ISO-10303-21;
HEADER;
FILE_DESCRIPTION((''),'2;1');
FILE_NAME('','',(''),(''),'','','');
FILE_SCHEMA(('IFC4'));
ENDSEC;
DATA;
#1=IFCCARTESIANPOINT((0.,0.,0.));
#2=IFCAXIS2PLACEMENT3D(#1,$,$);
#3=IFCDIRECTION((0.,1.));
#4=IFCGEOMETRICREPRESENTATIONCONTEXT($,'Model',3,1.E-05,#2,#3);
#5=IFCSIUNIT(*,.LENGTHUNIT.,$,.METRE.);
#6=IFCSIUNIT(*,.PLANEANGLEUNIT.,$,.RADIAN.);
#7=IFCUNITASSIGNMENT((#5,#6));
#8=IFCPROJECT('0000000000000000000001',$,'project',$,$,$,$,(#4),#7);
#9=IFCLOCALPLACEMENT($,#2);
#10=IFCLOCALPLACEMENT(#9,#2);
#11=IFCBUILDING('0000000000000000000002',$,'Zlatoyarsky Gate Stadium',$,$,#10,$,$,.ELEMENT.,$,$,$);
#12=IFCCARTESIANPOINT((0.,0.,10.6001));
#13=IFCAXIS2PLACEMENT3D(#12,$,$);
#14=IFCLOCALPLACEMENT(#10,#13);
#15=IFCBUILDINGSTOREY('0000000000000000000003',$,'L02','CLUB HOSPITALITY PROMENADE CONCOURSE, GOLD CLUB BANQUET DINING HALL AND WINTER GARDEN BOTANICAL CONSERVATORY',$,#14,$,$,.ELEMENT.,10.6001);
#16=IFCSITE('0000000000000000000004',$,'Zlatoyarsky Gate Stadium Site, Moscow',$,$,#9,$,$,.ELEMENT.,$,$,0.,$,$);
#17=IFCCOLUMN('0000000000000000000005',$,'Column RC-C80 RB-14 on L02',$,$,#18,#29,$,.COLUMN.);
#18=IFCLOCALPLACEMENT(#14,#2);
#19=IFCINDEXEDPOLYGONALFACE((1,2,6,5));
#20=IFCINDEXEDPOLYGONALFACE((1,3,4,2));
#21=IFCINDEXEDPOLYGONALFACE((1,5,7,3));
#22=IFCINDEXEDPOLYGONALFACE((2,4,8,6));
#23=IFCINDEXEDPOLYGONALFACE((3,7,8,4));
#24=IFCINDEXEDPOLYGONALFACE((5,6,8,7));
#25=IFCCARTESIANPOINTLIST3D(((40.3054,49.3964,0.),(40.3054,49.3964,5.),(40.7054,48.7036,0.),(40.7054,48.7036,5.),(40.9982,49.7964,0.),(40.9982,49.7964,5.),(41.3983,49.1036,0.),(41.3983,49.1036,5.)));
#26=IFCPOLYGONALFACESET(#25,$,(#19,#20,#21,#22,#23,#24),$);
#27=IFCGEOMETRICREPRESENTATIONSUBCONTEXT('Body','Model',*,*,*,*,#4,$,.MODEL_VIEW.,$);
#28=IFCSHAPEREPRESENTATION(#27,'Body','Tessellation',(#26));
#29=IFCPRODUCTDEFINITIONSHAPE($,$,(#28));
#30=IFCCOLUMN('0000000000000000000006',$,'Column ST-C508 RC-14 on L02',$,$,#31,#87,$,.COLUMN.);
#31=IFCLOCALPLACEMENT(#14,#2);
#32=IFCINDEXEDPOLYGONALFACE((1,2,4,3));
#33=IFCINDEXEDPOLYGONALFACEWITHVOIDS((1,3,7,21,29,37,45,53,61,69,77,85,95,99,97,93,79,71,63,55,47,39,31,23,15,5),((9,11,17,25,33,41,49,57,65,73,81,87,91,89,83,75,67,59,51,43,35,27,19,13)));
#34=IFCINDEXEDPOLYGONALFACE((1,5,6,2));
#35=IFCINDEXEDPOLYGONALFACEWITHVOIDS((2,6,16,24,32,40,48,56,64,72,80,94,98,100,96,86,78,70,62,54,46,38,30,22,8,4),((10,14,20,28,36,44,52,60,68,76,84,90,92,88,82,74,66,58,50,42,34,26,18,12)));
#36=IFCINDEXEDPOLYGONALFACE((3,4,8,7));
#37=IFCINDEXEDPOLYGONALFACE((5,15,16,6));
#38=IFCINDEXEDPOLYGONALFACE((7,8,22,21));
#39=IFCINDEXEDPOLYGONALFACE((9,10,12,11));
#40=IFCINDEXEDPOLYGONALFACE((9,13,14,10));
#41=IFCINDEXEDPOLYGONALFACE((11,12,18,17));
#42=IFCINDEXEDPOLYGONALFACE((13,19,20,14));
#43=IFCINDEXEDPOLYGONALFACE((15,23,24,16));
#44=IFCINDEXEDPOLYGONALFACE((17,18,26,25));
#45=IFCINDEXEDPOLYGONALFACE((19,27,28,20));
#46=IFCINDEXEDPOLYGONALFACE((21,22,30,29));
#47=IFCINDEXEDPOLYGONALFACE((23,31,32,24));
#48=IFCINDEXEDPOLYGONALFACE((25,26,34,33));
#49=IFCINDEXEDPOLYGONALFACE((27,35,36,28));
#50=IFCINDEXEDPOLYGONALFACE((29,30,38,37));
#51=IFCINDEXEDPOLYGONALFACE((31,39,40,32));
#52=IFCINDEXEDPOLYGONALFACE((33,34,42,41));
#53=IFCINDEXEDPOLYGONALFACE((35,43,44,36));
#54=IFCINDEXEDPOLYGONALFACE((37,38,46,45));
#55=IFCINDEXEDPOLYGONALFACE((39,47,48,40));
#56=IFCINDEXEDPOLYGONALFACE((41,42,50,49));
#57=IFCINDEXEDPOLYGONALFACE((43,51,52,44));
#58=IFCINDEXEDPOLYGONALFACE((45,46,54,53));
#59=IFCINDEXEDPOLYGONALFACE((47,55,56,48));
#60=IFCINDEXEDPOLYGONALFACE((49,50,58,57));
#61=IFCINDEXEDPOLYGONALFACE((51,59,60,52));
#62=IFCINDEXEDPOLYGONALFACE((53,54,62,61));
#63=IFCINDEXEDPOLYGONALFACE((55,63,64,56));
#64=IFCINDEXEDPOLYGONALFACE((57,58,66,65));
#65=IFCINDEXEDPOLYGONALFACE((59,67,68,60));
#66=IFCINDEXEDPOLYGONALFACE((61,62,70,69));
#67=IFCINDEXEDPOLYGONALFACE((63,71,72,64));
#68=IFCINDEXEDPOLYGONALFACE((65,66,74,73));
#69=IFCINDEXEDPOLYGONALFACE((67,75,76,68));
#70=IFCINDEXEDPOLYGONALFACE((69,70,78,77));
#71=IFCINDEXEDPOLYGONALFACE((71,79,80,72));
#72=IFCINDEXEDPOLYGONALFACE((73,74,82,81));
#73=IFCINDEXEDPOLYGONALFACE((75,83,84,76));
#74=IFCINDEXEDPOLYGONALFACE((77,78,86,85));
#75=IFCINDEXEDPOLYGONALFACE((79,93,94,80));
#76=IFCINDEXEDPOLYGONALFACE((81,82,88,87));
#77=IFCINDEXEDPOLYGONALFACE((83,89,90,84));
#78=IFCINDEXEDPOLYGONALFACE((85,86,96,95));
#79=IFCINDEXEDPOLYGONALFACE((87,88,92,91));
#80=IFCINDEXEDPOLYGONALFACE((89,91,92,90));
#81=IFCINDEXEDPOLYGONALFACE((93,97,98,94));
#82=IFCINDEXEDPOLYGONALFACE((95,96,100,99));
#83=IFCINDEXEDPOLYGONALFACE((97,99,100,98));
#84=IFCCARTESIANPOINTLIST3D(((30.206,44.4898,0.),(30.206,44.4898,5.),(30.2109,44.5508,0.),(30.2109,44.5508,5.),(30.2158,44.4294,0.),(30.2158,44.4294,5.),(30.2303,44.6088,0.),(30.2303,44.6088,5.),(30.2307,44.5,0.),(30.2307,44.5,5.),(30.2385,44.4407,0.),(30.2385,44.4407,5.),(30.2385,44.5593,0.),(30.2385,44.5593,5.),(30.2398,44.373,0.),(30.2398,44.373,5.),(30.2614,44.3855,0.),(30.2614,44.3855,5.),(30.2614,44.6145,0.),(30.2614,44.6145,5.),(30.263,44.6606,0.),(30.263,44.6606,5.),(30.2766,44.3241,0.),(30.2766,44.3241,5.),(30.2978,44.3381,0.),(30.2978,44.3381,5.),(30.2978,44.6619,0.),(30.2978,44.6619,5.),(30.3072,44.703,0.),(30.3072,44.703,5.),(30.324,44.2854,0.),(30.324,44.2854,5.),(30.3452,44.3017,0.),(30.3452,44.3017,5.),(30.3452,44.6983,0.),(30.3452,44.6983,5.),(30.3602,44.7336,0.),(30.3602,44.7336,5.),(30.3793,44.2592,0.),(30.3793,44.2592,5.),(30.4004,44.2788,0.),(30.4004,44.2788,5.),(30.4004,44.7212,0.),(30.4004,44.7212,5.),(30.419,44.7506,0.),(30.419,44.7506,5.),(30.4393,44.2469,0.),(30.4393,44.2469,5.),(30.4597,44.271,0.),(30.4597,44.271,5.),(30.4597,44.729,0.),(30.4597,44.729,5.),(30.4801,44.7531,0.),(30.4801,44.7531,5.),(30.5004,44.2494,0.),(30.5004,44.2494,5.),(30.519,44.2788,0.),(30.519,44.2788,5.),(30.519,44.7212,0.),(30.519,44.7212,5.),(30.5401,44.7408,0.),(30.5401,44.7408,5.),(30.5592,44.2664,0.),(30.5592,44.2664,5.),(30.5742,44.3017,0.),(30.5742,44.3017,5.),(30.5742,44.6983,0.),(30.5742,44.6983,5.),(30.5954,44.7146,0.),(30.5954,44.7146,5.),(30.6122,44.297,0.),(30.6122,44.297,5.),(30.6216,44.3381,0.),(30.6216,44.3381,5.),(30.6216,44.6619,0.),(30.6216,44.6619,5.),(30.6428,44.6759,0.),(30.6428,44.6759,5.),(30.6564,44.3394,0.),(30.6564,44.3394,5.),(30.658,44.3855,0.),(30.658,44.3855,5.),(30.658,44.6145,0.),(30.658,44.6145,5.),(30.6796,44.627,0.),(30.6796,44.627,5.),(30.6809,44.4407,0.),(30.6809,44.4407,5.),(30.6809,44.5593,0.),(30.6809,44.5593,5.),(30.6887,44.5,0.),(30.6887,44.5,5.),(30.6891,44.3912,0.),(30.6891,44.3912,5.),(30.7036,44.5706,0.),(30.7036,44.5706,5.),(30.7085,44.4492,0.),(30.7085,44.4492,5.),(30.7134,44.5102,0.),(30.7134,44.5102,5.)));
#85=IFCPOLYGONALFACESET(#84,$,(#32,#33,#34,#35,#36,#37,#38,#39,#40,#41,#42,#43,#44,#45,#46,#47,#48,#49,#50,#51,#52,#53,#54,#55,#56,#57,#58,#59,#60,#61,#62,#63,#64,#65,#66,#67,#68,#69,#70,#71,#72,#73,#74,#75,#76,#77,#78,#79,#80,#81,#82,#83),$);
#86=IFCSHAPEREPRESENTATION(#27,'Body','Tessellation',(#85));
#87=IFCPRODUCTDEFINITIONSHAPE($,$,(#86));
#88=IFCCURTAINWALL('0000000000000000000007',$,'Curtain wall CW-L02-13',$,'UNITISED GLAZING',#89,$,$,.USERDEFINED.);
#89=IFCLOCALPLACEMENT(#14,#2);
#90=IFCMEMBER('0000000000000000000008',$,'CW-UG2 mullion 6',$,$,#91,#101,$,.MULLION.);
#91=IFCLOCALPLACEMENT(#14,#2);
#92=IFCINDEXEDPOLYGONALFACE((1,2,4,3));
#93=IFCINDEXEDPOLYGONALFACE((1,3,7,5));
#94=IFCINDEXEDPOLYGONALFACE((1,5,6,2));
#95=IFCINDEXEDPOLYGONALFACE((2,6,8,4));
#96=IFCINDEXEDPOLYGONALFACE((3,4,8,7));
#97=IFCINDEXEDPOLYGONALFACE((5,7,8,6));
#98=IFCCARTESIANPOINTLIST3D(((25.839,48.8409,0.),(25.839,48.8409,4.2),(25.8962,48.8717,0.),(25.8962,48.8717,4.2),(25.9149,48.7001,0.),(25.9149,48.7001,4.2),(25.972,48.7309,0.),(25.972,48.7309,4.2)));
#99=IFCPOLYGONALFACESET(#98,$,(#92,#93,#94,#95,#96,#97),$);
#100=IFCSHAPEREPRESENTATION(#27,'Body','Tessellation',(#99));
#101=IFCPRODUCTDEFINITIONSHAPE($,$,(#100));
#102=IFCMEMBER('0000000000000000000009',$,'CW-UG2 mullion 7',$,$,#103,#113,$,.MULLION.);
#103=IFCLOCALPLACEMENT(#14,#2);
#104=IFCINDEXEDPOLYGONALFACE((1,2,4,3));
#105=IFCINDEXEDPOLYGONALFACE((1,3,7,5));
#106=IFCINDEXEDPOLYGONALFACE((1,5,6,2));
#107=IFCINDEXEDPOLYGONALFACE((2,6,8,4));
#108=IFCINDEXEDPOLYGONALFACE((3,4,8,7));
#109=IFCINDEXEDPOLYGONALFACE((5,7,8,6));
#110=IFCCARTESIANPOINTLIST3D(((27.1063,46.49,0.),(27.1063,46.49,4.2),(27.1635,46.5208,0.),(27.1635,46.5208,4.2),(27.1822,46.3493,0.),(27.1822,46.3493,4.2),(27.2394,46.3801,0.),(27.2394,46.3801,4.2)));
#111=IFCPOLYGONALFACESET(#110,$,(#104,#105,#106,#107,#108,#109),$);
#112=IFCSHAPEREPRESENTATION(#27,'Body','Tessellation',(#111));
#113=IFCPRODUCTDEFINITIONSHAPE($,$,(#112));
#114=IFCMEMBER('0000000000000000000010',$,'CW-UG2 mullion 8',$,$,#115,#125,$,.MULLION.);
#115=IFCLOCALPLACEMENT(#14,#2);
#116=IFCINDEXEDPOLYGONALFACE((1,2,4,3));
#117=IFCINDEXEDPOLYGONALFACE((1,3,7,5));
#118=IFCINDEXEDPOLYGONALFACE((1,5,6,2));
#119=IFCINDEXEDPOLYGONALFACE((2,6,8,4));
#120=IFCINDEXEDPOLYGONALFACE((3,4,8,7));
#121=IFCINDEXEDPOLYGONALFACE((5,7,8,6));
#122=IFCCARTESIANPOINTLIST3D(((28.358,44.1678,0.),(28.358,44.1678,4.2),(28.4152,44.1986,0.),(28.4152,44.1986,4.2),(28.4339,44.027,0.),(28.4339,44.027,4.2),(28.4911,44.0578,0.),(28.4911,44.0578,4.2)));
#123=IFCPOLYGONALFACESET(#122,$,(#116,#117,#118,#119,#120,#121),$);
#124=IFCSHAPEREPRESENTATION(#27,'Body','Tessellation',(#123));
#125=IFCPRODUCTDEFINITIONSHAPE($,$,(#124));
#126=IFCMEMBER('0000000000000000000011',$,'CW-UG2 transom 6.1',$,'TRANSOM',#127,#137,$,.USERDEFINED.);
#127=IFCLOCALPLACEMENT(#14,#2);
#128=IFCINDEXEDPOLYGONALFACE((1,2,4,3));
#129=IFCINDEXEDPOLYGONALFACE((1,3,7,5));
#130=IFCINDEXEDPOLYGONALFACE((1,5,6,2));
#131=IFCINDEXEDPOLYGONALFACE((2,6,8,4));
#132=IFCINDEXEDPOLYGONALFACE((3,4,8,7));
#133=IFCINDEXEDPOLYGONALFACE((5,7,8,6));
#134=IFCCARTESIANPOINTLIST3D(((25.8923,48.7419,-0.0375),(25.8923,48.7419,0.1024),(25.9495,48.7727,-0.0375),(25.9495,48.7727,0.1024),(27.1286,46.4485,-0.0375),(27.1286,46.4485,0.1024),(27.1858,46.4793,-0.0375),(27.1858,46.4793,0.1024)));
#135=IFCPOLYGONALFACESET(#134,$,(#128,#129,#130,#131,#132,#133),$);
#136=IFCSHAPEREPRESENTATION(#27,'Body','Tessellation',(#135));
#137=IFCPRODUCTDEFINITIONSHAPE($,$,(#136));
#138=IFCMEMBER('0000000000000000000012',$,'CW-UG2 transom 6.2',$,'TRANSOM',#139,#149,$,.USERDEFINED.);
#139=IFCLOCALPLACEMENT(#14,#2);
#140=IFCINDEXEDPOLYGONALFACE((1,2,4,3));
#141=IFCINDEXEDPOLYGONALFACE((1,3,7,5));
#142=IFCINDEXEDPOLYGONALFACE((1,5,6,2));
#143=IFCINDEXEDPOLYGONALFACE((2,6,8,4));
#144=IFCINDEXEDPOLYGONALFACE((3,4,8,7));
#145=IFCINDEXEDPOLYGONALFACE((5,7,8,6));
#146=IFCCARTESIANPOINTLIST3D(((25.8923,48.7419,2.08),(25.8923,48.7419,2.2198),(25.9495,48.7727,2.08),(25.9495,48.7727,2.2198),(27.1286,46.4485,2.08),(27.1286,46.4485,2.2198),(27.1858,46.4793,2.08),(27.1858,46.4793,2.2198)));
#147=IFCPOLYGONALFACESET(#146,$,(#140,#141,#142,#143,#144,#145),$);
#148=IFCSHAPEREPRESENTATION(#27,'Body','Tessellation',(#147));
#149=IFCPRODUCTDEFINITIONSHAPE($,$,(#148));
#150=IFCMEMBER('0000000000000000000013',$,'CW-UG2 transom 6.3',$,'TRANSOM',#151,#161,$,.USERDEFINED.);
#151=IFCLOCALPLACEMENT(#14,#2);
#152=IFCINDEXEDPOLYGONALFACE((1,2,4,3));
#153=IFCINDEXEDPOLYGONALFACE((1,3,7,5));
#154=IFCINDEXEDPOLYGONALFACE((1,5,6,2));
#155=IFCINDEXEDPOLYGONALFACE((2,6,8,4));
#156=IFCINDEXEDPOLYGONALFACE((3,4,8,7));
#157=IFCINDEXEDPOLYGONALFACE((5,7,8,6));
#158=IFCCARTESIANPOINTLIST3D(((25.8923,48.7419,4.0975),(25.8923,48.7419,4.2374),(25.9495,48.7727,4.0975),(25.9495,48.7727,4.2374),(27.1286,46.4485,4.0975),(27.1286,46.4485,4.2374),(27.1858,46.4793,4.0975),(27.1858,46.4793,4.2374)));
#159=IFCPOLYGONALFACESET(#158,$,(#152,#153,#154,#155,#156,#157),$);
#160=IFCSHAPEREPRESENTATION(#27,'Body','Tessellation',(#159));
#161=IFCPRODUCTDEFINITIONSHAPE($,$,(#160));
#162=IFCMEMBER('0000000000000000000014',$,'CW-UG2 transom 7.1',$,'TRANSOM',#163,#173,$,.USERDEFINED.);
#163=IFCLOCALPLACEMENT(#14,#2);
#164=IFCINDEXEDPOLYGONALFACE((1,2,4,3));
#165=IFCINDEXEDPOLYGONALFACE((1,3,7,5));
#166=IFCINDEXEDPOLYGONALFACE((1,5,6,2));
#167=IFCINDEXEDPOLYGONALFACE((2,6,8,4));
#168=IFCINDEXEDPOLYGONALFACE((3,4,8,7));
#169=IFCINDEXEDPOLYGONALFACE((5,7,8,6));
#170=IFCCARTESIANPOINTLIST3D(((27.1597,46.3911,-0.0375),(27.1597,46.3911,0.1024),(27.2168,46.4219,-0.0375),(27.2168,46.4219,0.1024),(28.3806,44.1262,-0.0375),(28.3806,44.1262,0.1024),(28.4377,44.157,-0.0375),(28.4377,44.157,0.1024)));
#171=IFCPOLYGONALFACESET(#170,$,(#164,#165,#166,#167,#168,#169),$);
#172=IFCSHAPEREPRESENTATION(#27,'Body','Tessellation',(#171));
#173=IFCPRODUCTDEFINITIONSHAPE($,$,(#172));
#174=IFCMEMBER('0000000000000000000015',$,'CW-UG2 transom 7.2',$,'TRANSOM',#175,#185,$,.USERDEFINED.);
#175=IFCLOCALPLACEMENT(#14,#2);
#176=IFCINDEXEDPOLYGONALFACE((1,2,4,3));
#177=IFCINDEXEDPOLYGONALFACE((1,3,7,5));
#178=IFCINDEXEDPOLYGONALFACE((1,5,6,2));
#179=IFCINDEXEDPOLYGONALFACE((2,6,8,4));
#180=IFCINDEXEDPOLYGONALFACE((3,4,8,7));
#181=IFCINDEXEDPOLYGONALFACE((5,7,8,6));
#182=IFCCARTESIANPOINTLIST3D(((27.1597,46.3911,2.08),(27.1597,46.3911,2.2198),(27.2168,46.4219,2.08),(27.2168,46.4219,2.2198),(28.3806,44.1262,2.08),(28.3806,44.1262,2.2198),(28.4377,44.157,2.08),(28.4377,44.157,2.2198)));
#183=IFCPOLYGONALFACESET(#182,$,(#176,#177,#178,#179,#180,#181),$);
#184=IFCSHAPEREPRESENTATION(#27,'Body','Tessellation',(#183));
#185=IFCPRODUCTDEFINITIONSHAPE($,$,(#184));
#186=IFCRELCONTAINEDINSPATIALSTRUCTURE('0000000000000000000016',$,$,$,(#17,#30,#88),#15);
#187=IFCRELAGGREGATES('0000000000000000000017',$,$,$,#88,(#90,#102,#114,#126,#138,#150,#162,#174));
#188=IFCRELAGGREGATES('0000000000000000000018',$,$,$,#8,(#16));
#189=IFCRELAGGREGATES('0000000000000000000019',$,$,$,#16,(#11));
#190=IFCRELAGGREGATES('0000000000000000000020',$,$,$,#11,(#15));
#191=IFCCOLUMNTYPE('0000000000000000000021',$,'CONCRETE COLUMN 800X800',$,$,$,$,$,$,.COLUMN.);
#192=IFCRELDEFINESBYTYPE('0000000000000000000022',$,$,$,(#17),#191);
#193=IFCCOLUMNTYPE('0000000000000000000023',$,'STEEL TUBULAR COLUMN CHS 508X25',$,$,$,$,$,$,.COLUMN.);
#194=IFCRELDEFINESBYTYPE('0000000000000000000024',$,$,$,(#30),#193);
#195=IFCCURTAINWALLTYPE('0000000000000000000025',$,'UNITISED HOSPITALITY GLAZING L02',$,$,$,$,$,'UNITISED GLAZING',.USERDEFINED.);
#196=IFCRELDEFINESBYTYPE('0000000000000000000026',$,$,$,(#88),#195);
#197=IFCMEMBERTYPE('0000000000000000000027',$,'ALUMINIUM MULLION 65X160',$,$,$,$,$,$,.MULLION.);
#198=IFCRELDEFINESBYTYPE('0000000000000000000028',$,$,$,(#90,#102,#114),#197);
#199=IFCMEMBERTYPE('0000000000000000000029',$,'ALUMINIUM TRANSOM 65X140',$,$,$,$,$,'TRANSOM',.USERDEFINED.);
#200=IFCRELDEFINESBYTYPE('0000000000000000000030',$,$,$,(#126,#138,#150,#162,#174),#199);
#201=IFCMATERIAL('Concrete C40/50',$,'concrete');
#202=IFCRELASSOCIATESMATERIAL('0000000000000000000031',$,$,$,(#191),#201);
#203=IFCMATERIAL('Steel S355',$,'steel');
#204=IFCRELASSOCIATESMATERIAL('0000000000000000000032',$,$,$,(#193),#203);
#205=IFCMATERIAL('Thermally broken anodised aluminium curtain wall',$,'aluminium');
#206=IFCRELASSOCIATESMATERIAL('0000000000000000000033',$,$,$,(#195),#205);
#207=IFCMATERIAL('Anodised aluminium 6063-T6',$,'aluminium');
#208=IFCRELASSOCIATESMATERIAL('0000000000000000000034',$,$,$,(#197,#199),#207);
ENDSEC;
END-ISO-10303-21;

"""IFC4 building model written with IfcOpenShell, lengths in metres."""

from ifc_helpers import new_model, si_unit, direction, frame, origin, origin_2d, place, context, subcontext, project, spatial, rectangle, hollow_circle, extrude, material, material_profile, profile_set, type_object, element, aggregate, save


model = new_model("IFC4")

# Units and contexts
model_context = context("Model", 3, precision=1e-05, world=origin(), true_north=direction((0.0, 1.0)))
body_context = subcontext(model_context, "Body", "Model", "MODEL_VIEW")
ifc_project = project(units=[si_unit("LENGTHUNIT", "METRE"), si_unit("PLANEANGLEUNIT", "RADIAN")], contexts=[model_context])

# Site, building, storey
site_placement = place(None, origin())
site = spatial("IfcSite", under=ifc_project, at=site_placement, Name="Zlatoyarsky Gate Stadium Site, Moscow", CompositionType="ELEMENT", RefElevation=0.0)
building_placement = place(site_placement, origin())
building = spatial("IfcBuilding", under=site, at=building_placement, Name="Zlatoyarsky Gate Stadium", CompositionType="ELEMENT")
storey_placement = place(building_placement, frame((0.0, 0.0, 10.6001)))
storey = spatial("IfcBuildingStorey", under=building, at=storey_placement, Name="L02", Description="CLUB HOSPITALITY PROMENADE CONCOURSE, GOLD CLUB BANQUET DINING HALL AND WINTER GARDEN BOTANICAL CONSERVATORY", CompositionType="ELEMENT", Elevation=10.6001)

# Columns
ifc_material_1 = material(Name="Concrete C40/50", Category="concrete")
ifc_material_profile_1 = material_profile(ifc_material_1, rectangle(XDim=0.8, YDim=0.8, at=origin_2d()), Name="RC COL 800X800")
ifc_profile_set_1 = profile_set([ifc_material_profile_1], Name="Concrete C40/50")
column_type_1 = type_object("IfcColumnType", Name="CONCRETE COLUMN 800X800", PredefinedType="COLUMN", material=ifc_profile_set_1)
column_1_placement = place(storey_placement, frame((40.8518, 49.25, 0.0), z_axis=(0.0, 0.0, 1.0), x_axis=(-0.866025, -0.5, 0.0)))
element("IfcColumn", 1, at=column_1_placement, inside=storey, type_object=column_type_1, Name="Column RC-C80 RB-14 on L02", PredefinedType="COLUMN", context=body_context, shape_type="SweptSolid", body=[
    extrude(rectangle(XDim=0.8, YDim=0.8, at=origin_2d()), origin(), (0.0, 0.0, 1.0), 5.0),
])
ifc_material_2 = material(Name="Steel S355", Category="steel")
ifc_material_profile_2 = material_profile(ifc_material_2, hollow_circle(Radius=0.2539, WallThickness=0.0249, at=origin_2d()), Name="CHS 508X25")
ifc_profile_set_2 = profile_set([ifc_material_profile_2], Name="Steel S355")
column_type_2 = type_object("IfcColumnType", Name="STEEL TUBULAR COLUMN CHS 508X25", PredefinedType="COLUMN", material=ifc_profile_set_2)
column_2_placement = place(storey_placement, frame((30.4597, 44.5, 0.0), z_axis=(0.0, 0.0, 1.0), x_axis=(-0.866025, -0.5, 0.0)))
element("IfcColumn", 2, at=column_2_placement, inside=storey, type_object=column_type_2, Name="Column ST-C508 RC-14 on L02", PredefinedType="COLUMN", context=body_context, shape_type="SweptSolid", body=[
    extrude(hollow_circle(Radius=0.2539, WallThickness=0.0249, at=origin_2d()), origin(), (0.0, 0.0, 1.0), 5.0),
])

# Curtain wall, members
ifc_material_3 = material(Name="Thermally broken anodised aluminium curtain wall", Category="aluminium")
curtain_wall_type = type_object("IfcCurtainWallType", Name="UNITISED HOSPITALITY GLAZING L02", ElementType="UNITISED GLAZING", PredefinedType="USERDEFINED", material=ifc_material_3)
curtain_wall_placement = place(storey_placement, origin())
curtain_wall = element("IfcCurtainWall", 3, at=curtain_wall_placement, inside=storey, type_object=curtain_wall_type, Name="Curtain wall CW-L02-13", ObjectType="UNITISED GLAZING", PredefinedType="USERDEFINED")
ifc_material_4 = material(Name="Anodised aluminium 6063-T6", Category="aluminium")
ifc_material_profile_3 = material_profile(ifc_material_4, rectangle(XDim=0.0649, YDim=0.1599, at=origin_2d()), Name="ALU 65X160")
ifc_profile_set_3 = profile_set([ifc_material_profile_3], Name="Anodised aluminium 6063-T6")
member_type_1 = type_object("IfcMemberType", Name="ALUMINIUM MULLION 65X160", PredefinedType="MULLION", material=ifc_profile_set_3)
member_1_placement = place(storey_placement, frame((25.9055, 48.7859, 0.0), z_axis=(0.0, 0.0, 1.0), x_axis=(0.880236, 0.474536, 0.0)))
member_1 = element("IfcMember", 4, at=member_1_placement, type_object=member_type_1, Name="CW-UG2 mullion 6", PredefinedType="MULLION", context=body_context, shape_type="SweptSolid", body=[
    extrude(rectangle(XDim=0.0649, YDim=0.1599, at=origin_2d()), origin(), (0.0, 0.0, 1.0), 4.2),
])
member_2_placement = place(storey_placement, frame((27.1729, 46.4351, 0.0), z_axis=(0.0, 0.0, 1.0), x_axis=(0.880236, 0.474536, 0.0)))
member_2 = element("IfcMember", 5, at=member_2_placement, type_object=member_type_1, Name="CW-UG2 mullion 7", PredefinedType="MULLION", context=body_context, shape_type="SweptSolid", body=[
    extrude(rectangle(XDim=0.0649, YDim=0.1599, at=origin_2d()), origin(), (0.0, 0.0, 1.0), 4.2),
])
member_3_placement = place(storey_placement, frame((28.4246, 44.1128, 0.0), z_axis=(0.0, 0.0, 1.0), x_axis=(0.880236, 0.474536, 0.0)))
member_3 = element("IfcMember", 6, at=member_3_placement, type_object=member_type_1, Name="CW-UG2 mullion 8", PredefinedType="MULLION", context=body_context, shape_type="SweptSolid", body=[
    extrude(rectangle(XDim=0.0649, YDim=0.1599, at=origin_2d()), origin(), (0.0, 0.0, 1.0), 4.2),
])
ifc_material_profile_4 = material_profile(ifc_material_4, rectangle(XDim=0.0649, YDim=0.1399, at=origin_2d()), Name="ALU 65X140")
ifc_profile_set_4 = profile_set([ifc_material_profile_4], Name="Anodised aluminium 6063-T6")
member_type_2 = type_object("IfcMemberType", Name="ALUMINIUM TRANSOM 65X140", ElementType="TRANSOM", PredefinedType="USERDEFINED", material=ifc_profile_set_4)
member_4_placement = place(storey_placement, frame((25.9209, 48.7573, 0.0325), z_axis=(0.474513, -0.880248, 0.0), x_axis=(0.880248, 0.474513, 0.0)))
member_4 = element("IfcMember", 7, at=member_4_placement, type_object=member_type_2, Name="CW-UG2 transom 6.1", ObjectType="TRANSOM", PredefinedType="USERDEFINED", context=body_context, shape_type="SweptSolid", body=[
    extrude(rectangle(XDim=0.0649, YDim=0.1399, at=origin_2d()), origin(), (0.0, 0.0, 1.0), 2.6055),
])
member_5_placement = place(storey_placement, frame((25.9209, 48.7573, 2.1499), z_axis=(0.474513, -0.880248, 0.0), x_axis=(0.880248, 0.474513, 0.0)))
member_5 = element("IfcMember", 8, at=member_5_placement, type_object=member_type_2, Name="CW-UG2 transom 6.2", ObjectType="TRANSOM", PredefinedType="USERDEFINED", context=body_context, shape_type="SweptSolid", body=[
    extrude(rectangle(XDim=0.0649, YDim=0.1399, at=origin_2d()), origin(), (0.0, 0.0, 1.0), 2.6055),
])
member_6_placement = place(storey_placement, frame((25.9209, 48.7573, 4.1675), z_axis=(0.474513, -0.880248, 0.0), x_axis=(0.880248, 0.474513, 0.0)))
member_6 = element("IfcMember", 9, at=member_6_placement, type_object=member_type_2, Name="CW-UG2 transom 6.3", ObjectType="TRANSOM", PredefinedType="USERDEFINED", context=body_context, shape_type="SweptSolid", body=[
    extrude(rectangle(XDim=0.0649, YDim=0.1399, at=origin_2d()), origin(), (0.0, 0.0, 1.0), 2.6055),
])
member_7_placement = place(storey_placement, frame((27.1882, 46.4065, 0.0325), z_axis=(0.474518, -0.880246, 0.0), x_axis=(0.880246, 0.474518, 0.0)))
member_7 = element("IfcMember", 10, at=member_7_placement, type_object=member_type_2, Name="CW-UG2 transom 7.1", ObjectType="TRANSOM", PredefinedType="USERDEFINED", context=body_context, shape_type="SweptSolid", body=[
    extrude(rectangle(XDim=0.0649, YDim=0.1399, at=origin_2d()), origin(), (0.0, 0.0, 1.0), 2.573),
])
member_8_placement = place(storey_placement, frame((27.1882, 46.4065, 2.1499), z_axis=(0.474518, -0.880246, 0.0), x_axis=(0.880246, 0.474518, 0.0)))
member_8 = element("IfcMember", 11, at=member_8_placement, type_object=member_type_2, Name="CW-UG2 transom 7.2", ObjectType="TRANSOM", PredefinedType="USERDEFINED", context=body_context, shape_type="SweptSolid", body=[
    extrude(rectangle(XDim=0.0649, YDim=0.1399, at=origin_2d()), origin(), (0.0, 0.0, 1.0), 2.573),
])

aggregate(curtain_wall, [member_1, member_2, member_3, member_4, member_5, member_6, member_7, member_8])

save(model, "model.ifc")
